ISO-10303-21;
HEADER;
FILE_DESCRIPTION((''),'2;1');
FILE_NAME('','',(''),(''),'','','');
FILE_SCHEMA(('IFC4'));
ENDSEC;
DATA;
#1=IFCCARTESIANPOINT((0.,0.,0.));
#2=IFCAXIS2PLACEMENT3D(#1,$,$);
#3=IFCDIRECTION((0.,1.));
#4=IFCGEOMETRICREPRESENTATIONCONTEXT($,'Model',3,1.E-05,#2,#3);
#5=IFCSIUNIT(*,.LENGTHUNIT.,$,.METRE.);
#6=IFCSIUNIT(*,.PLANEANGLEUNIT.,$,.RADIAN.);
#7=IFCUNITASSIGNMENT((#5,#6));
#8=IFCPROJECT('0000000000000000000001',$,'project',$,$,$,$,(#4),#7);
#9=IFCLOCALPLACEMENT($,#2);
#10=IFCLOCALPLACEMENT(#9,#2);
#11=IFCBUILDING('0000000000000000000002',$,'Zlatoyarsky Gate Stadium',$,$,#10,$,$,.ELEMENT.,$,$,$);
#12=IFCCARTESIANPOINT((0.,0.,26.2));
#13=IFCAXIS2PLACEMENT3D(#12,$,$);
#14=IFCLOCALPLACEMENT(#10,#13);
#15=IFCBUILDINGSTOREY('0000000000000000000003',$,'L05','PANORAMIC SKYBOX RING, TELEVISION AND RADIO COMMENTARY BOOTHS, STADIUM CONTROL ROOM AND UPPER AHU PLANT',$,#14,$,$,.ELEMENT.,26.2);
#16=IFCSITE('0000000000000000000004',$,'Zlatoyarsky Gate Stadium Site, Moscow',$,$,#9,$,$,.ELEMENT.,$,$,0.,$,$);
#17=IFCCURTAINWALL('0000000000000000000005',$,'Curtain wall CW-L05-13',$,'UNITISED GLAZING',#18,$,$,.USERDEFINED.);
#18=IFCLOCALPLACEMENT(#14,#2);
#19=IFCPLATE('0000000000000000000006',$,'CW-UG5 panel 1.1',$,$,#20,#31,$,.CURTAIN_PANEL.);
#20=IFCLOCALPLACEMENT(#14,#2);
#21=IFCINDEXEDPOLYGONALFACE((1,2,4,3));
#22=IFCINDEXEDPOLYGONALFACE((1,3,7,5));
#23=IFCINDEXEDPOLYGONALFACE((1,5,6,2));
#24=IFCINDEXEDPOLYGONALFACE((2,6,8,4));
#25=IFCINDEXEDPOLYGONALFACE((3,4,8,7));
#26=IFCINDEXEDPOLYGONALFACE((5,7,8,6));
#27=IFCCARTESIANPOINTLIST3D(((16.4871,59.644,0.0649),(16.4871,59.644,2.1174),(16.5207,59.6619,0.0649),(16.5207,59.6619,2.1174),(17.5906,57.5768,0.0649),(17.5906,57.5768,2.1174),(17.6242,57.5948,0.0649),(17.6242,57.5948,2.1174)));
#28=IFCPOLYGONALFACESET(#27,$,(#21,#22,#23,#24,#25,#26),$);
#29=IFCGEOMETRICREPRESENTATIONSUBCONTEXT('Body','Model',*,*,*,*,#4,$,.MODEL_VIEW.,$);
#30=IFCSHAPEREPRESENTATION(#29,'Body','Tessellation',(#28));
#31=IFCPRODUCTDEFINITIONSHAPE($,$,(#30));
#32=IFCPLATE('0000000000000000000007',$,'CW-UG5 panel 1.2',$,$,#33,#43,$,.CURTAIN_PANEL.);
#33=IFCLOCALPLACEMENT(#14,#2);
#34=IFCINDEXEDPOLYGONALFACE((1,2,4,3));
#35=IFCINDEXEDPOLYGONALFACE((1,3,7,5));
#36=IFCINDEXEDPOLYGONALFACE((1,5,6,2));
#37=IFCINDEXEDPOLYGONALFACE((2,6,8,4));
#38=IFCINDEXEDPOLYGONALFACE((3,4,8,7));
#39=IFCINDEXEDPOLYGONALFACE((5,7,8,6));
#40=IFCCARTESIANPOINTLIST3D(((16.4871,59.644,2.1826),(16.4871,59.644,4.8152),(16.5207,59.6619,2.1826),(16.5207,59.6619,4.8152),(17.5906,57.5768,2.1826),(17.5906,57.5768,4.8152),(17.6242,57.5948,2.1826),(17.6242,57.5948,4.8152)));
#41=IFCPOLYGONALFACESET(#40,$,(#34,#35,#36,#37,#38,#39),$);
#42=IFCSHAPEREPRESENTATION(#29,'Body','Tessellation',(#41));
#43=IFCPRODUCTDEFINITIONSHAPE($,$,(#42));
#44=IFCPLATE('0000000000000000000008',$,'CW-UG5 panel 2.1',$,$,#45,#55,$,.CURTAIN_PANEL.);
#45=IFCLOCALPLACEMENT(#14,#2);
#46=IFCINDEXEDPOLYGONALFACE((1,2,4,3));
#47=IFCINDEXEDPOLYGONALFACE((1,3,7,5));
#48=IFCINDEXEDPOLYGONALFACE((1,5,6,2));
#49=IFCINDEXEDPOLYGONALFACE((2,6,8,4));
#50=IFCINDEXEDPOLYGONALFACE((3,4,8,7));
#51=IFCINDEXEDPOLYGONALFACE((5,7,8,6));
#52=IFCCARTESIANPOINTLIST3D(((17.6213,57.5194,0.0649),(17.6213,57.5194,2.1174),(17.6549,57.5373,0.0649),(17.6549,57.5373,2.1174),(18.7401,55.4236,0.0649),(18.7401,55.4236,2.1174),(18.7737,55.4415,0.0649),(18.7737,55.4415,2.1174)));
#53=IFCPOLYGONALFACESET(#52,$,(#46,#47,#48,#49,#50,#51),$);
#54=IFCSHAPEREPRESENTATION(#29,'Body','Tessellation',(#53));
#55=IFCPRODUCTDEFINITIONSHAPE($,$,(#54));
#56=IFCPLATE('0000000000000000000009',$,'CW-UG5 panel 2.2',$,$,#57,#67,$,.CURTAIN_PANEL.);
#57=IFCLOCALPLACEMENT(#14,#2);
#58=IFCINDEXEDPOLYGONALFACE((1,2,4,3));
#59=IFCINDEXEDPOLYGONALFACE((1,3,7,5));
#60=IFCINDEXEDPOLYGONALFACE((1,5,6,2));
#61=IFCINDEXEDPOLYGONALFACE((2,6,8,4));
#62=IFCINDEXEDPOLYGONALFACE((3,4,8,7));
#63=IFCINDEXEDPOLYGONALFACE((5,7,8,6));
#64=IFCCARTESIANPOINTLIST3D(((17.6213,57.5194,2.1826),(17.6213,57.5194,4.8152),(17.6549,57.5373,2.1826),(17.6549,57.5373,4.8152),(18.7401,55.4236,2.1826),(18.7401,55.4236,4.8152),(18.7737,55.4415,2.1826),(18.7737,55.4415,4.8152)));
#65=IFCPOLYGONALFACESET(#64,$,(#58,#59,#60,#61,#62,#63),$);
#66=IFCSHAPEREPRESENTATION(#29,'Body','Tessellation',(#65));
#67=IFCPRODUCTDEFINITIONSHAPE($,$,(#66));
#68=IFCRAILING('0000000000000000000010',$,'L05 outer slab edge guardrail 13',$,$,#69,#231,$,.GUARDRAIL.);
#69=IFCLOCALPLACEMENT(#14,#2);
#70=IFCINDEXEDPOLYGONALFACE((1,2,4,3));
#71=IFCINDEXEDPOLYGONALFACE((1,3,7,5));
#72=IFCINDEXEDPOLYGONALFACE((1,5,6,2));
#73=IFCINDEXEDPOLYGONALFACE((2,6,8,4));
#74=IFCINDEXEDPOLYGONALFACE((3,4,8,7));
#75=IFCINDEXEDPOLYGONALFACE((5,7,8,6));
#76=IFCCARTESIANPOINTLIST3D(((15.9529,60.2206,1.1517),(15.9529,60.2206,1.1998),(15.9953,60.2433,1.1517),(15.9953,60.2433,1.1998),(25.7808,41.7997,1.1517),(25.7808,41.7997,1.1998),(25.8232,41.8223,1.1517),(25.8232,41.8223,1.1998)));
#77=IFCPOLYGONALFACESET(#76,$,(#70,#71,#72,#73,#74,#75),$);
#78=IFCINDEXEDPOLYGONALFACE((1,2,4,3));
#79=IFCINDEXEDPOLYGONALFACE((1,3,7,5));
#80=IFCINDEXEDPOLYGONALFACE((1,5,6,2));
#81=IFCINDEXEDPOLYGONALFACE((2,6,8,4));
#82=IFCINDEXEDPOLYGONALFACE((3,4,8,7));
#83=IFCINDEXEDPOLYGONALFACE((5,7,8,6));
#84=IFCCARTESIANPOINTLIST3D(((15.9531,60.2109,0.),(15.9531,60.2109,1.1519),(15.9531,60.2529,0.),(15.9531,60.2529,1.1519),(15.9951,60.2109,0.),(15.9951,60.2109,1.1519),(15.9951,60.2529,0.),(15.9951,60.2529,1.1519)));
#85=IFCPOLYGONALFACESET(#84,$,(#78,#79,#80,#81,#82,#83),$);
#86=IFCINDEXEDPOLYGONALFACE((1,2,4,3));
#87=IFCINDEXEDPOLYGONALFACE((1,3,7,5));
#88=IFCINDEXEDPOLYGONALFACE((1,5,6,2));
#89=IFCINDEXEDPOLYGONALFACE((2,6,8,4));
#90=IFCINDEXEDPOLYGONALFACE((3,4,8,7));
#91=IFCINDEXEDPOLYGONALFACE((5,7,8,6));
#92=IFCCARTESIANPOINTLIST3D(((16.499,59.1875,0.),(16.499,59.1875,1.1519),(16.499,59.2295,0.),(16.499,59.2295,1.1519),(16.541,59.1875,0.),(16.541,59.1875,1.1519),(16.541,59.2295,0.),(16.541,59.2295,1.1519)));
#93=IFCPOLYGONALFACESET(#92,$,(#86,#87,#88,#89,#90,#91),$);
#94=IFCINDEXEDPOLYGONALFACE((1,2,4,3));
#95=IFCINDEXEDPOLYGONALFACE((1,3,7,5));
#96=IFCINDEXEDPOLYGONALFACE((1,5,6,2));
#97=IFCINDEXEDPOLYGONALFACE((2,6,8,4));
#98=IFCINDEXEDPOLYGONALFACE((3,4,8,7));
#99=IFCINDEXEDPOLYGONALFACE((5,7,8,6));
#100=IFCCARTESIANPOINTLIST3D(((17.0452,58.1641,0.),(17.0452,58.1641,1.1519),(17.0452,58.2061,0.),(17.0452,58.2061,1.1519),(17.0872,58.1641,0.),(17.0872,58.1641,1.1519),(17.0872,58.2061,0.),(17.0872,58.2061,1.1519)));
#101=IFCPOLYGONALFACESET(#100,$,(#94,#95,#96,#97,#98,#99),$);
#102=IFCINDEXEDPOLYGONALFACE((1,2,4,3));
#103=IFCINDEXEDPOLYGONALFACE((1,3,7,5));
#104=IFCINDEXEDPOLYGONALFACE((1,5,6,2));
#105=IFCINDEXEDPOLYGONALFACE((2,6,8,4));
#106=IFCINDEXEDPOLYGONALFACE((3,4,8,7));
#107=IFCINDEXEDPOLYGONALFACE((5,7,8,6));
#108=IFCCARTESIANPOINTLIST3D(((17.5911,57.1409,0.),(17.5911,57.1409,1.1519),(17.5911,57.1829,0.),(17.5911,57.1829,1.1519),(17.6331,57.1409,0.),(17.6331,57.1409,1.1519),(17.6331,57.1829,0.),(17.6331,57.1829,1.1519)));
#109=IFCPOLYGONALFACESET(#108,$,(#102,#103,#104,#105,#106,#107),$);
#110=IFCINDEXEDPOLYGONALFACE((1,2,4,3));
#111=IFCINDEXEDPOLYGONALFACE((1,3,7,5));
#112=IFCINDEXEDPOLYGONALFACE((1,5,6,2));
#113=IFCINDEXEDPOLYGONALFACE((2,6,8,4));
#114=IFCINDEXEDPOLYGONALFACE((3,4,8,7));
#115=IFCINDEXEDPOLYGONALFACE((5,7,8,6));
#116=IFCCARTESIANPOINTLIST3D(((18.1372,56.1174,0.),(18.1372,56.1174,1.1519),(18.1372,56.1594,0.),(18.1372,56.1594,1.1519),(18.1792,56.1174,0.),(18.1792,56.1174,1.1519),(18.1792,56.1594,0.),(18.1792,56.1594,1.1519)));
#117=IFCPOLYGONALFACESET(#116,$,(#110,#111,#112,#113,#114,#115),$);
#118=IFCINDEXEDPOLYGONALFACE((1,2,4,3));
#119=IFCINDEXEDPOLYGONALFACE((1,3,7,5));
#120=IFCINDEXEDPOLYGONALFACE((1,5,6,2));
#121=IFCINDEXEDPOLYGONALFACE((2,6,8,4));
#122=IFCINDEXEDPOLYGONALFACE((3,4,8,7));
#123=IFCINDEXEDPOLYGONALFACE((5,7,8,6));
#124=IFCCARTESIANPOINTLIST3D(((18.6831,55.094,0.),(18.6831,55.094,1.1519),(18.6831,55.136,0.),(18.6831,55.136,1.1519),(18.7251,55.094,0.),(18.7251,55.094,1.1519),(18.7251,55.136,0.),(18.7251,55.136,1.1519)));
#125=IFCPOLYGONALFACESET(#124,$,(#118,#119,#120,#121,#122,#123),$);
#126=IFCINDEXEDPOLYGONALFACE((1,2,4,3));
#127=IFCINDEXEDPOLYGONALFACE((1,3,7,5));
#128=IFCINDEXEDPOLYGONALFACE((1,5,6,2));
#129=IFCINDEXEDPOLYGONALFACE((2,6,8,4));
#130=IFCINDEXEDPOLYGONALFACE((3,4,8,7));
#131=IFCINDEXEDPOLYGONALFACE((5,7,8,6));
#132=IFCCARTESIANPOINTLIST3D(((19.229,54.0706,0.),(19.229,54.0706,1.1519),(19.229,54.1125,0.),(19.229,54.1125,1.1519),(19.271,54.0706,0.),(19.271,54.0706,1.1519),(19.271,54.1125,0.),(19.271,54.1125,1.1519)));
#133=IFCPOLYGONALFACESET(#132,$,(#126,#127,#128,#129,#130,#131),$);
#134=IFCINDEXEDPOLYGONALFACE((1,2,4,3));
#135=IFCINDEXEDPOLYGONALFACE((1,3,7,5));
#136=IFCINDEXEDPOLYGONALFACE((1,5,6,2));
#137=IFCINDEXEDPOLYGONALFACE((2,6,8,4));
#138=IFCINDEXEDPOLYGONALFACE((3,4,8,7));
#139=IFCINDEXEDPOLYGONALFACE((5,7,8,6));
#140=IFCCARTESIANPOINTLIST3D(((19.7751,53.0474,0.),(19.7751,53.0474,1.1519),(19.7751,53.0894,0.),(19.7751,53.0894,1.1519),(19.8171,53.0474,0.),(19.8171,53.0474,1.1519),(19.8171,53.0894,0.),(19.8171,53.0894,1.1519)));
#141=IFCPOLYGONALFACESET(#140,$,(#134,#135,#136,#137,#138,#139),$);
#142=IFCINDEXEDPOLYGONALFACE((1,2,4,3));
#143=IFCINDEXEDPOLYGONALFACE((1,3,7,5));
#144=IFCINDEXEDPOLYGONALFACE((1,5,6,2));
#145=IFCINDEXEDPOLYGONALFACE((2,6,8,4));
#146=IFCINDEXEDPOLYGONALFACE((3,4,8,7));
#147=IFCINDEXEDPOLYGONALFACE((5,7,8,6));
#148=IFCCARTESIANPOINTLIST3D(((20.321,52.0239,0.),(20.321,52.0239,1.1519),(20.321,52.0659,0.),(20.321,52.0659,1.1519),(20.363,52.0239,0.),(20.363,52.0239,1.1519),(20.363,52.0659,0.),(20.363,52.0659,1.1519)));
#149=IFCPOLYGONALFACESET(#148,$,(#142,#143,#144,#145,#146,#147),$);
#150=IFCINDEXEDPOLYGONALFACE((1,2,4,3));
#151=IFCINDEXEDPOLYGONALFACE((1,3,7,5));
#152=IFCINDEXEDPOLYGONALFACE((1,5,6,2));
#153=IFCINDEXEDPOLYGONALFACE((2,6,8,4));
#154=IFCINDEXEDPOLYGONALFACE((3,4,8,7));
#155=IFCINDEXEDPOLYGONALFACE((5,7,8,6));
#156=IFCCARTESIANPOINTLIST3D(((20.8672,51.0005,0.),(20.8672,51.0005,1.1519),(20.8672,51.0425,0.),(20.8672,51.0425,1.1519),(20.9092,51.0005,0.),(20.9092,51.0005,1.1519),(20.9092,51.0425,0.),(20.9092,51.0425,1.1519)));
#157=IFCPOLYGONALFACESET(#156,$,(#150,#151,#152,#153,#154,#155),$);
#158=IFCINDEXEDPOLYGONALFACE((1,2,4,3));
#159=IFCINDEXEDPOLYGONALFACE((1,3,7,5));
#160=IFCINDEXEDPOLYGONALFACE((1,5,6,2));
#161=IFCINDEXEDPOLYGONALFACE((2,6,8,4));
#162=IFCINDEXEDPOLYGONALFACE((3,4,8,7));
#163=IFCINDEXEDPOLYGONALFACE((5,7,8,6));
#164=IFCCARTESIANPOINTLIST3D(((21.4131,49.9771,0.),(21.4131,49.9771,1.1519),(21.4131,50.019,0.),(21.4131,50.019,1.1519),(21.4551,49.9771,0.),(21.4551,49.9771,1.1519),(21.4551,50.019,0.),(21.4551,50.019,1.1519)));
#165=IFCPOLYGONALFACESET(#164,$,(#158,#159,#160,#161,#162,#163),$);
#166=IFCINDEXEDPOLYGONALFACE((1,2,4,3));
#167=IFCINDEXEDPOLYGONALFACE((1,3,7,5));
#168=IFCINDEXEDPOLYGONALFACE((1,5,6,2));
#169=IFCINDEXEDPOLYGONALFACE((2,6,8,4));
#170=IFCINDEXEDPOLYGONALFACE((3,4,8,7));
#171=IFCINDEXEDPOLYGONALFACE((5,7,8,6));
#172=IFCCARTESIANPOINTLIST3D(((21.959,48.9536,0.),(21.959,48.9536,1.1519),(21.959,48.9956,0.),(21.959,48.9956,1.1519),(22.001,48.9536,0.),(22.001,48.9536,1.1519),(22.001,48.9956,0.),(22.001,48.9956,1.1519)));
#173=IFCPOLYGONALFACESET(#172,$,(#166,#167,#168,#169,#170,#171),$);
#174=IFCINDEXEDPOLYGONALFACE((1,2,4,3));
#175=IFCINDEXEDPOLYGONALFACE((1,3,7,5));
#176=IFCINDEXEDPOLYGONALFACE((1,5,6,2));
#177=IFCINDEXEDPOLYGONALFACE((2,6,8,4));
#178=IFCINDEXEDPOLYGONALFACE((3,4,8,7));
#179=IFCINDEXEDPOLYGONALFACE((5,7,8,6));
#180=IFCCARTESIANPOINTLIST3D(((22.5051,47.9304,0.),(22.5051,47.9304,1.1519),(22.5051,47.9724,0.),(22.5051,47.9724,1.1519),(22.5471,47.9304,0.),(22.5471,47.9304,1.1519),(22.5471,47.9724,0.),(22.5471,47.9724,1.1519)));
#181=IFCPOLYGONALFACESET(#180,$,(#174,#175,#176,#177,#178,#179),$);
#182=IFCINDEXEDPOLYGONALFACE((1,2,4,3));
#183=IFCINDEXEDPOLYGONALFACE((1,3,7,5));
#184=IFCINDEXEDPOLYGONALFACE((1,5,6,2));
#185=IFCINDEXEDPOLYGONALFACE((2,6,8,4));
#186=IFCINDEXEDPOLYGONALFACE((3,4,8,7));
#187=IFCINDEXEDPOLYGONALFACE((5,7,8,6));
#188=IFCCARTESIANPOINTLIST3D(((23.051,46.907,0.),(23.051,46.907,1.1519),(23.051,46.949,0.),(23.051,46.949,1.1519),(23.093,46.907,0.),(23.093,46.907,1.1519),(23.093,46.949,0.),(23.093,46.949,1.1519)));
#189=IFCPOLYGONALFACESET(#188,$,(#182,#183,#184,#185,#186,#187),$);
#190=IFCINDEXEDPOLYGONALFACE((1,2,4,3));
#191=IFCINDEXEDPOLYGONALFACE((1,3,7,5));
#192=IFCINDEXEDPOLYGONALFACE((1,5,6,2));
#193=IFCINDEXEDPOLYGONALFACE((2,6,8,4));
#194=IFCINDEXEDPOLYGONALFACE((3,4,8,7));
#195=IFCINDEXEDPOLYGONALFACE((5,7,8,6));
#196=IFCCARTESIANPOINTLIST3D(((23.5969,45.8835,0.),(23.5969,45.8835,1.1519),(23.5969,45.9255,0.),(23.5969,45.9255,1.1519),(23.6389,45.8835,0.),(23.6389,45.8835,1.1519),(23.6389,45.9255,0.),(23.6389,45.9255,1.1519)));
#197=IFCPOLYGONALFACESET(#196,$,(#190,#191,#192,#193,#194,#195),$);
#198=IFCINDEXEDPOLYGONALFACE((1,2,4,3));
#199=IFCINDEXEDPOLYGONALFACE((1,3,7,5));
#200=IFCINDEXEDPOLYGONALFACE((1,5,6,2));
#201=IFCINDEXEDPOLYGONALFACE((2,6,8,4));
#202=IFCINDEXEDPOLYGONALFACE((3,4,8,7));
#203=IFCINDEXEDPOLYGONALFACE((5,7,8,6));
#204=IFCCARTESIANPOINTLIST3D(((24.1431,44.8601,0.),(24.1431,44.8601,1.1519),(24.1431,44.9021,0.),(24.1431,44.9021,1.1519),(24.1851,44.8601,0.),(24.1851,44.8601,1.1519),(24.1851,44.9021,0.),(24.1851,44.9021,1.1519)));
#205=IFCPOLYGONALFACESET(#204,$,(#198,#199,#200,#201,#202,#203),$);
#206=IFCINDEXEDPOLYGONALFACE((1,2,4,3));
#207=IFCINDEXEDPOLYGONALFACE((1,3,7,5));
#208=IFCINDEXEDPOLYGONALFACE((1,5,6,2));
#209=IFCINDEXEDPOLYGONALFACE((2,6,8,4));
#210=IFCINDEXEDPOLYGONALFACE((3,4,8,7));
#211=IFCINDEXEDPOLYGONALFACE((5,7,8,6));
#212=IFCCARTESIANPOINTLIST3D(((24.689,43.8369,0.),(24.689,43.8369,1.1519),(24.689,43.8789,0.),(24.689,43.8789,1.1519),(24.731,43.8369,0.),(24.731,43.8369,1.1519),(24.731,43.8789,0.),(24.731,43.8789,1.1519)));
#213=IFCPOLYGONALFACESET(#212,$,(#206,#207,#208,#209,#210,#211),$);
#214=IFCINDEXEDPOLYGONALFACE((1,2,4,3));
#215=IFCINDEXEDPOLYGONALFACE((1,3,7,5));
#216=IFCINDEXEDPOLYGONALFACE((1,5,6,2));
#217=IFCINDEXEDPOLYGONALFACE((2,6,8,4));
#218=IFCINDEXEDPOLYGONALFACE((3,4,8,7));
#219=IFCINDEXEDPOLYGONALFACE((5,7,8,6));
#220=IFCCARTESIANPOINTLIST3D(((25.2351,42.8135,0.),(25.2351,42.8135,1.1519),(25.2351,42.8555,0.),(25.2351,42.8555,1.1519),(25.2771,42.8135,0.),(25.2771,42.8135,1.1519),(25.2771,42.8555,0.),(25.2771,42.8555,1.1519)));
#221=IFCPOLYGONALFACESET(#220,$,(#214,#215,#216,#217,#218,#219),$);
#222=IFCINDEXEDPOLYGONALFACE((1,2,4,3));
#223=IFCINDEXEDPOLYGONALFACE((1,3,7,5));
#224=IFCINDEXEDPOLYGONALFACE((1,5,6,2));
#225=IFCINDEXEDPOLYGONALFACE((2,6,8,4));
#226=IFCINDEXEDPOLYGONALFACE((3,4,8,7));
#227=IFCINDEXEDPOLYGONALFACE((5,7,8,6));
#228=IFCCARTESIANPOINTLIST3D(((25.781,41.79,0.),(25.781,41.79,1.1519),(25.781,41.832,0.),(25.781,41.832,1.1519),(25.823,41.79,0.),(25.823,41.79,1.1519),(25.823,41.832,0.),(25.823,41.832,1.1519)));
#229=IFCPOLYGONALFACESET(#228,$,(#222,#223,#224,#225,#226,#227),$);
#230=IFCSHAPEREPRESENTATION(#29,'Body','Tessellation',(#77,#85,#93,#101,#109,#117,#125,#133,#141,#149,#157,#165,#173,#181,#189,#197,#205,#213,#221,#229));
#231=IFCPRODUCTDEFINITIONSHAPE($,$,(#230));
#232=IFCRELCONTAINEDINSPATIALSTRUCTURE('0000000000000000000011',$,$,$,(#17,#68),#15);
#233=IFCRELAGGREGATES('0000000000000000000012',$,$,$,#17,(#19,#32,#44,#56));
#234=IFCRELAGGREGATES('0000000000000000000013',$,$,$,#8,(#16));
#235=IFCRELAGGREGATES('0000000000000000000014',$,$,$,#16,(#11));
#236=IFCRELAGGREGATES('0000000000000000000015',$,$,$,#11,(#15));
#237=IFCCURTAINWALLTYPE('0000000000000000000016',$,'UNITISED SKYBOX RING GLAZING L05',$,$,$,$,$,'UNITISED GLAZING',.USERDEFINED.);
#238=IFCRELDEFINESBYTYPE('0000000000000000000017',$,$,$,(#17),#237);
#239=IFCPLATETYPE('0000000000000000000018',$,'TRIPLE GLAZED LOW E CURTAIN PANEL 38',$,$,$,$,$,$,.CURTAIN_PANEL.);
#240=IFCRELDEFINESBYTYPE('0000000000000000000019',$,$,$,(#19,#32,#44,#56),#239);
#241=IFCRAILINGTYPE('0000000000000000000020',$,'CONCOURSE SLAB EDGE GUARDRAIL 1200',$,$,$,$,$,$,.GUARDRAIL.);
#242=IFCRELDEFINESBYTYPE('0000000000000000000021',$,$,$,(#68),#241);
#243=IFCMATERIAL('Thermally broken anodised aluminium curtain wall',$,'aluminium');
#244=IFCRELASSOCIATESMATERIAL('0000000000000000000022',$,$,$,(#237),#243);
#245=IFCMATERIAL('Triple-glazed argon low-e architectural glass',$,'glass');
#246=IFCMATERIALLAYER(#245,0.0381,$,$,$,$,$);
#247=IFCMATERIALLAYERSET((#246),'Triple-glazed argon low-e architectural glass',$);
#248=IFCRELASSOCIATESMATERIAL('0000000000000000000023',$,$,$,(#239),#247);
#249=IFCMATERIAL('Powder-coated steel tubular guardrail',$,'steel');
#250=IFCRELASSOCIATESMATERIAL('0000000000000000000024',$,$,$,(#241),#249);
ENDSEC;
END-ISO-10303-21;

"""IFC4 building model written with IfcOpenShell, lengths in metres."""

from ifc_helpers import new_model, si_unit, direction, frame, origin, origin_2d, place, context, subcontext, project, spatial, rectangle, extrude, material, layer, layer_set, type_object, element, aggregate, save


model = new_model("IFC4")

# Units and contexts
model_context = context("Model", 3, precision=1e-05, world=origin(), true_north=direction((0.0, 1.0)))
body_context = subcontext(model_context, "Body", "Model", "MODEL_VIEW")
ifc_project = project(units=[si_unit("LENGTHUNIT", "METRE"), si_unit("PLANEANGLEUNIT", "RADIAN")], contexts=[model_context])

# Site, building, storey
site_placement = place(None, origin())
site = spatial("IfcSite", under=ifc_project, at=site_placement, Name="Zlatoyarsky Gate Stadium Site, Moscow", CompositionType="ELEMENT", RefElevation=0.0)
building_placement = place(site_placement, origin())
building = spatial("IfcBuilding", under=site, at=building_placement, Name="Zlatoyarsky Gate Stadium", CompositionType="ELEMENT")
storey_placement = place(building_placement, frame((0.0, 0.0, 26.2)))
storey = spatial("IfcBuildingStorey", under=building, at=storey_placement, Name="L05", Description="PANORAMIC SKYBOX RING, TELEVISION AND RADIO COMMENTARY BOOTHS, STADIUM CONTROL ROOM AND UPPER AHU PLANT", CompositionType="ELEMENT", Elevation=26.2)

# Curtain wall
ifc_material_1 = material(Name="Thermally broken anodised aluminium curtain wall", Category="aluminium")
curtain_wall_type_1 = type_object("IfcCurtainWallType", Name="UNITISED SKYBOX RING GLAZING L05", ElementType="UNITISED GLAZING", PredefinedType="USERDEFINED", material=ifc_material_1)
curtain_wall_1_placement = place(storey_placement, origin())
curtain_wall_1 = element("IfcCurtainWall", 1, at=curtain_wall_1_placement, inside=storey, type_object=curtain_wall_type_1, Name="Curtain wall CW-L05-13", ObjectType="UNITISED GLAZING", PredefinedType="USERDEFINED")

# Shared definitions
ifc_material_2 = material(Name="Triple-glazed argon low-e architectural glass", Category="glass")

# Plates
ifc_layer_1 = layer(ifc_material_2, 0.0381)
ifc_layer_set_1 = layer_set([ifc_layer_1], Name="Triple-glazed argon low-e architectural glass")
plate_type_1 = type_object("IfcPlateType", Name="TRIPLE GLAZED LOW E CURTAIN PANEL 38", PredefinedType="CURTAIN_PANEL", material=ifc_layer_set_1)
plate_1_placement = place(storey_placement, frame((17.0557, 58.6194, 0.0649), z_axis=(0.0, 0.0, 1.0), x_axis=(0.470937, -0.882167, 0.0)))
plate_1 = element("IfcPlate", 2, at=plate_1_placement, type_object=plate_type_1, Name="CW-UG5 panel 1.1", PredefinedType="CURTAIN_PANEL", context=body_context, shape_type="SweptSolid", body=[
    extrude(rectangle(XDim=2.3433, YDim=0.0381, at=origin_2d()), origin(), (0.0, 0.0, 1.0), 2.0525),
])
plate_2_placement = place(storey_placement, frame((17.0557, 58.6194, 2.1826), z_axis=(0.0, 0.0, 1.0), x_axis=(0.470937, -0.882167, 0.0)))
plate_2 = element("IfcPlate", 3, at=plate_2_placement, type_object=plate_type_1, Name="CW-UG5 panel 1.2", PredefinedType="CURTAIN_PANEL", context=body_context, shape_type="SweptSolid", body=[
    extrude(rectangle(XDim=2.3433, YDim=0.0381, at=origin_2d()), origin(), (0.0, 0.0, 1.0), 2.6326),
])
plate_3_placement = place(storey_placement, frame((18.1975, 56.4805, 0.0649), z_axis=(0.0, 0.0, 1.0), x_axis=(0.470937, -0.882167, 0.0)))
plate_3 = element("IfcPlate", 4, at=plate_3_placement, type_object=plate_type_1, Name="CW-UG5 panel 2.1", PredefinedType="CURTAIN_PANEL", context=body_context, shape_type="SweptSolid", body=[
    extrude(rectangle(XDim=2.3757, YDim=0.0381, at=origin_2d()), origin(), (0.0, 0.0, 1.0), 2.0525),
])
plate_4_placement = place(storey_placement, frame((18.1975, 56.4805, 2.1826), z_axis=(0.0, 0.0, 1.0), x_axis=(0.470937, -0.882167, 0.0)))
plate_4 = element("IfcPlate", 5, at=plate_4_placement, type_object=plate_type_1, Name="CW-UG5 panel 2.2", PredefinedType="CURTAIN_PANEL", context=body_context, shape_type="SweptSolid", body=[
    extrude(rectangle(XDim=2.3757, YDim=0.0381, at=origin_2d()), origin(), (0.0, 0.0, 1.0), 2.6326),
])
aggregate(curtain_wall_1, [plate_1, plate_2, plate_3, plate_4])

# Railing
ifc_material_3 = material(Name="Powder-coated steel tubular guardrail", Category="steel")
railing_type = type_object("IfcRailingType", Name="CONCOURSE SLAB EDGE GUARDRAIL 1200", PredefinedType="GUARDRAIL", material=ifc_material_3)
railing_placement = place(storey_placement, frame((15.9741, 60.2319, 0.0)))
element("IfcRailing", 6, at=railing_placement, inside=storey, type_object=railing_type, Name="L05 outer slab edge guardrail 13", PredefinedType="GUARDRAIL", context=body_context, shape_type="SweptSolid", body=[
    extrude(rectangle(XDim=0.0481, YDim=0.0481, at=origin_2d()), frame((0.0, 0.0, 1.1758), z_axis=(0.470715, -0.882285, 0.0), x_axis=(0.882285, 0.470715, 0.0)), (0.0, 0.0, 1.0), 20.8787),
    extrude(rectangle(XDim=0.042, YDim=0.042, at=origin_2d()), origin(), (0.0, 0.0, 1.0), 1.1519),
    extrude(rectangle(XDim=0.042, YDim=0.042, at=origin_2d()), frame((0.5459, -1.0234, 0.0)), (0.0, 0.0, 1.0), 1.1519),
    extrude(rectangle(XDim=0.042, YDim=0.042, at=origin_2d()), frame((1.092, -2.0469, 0.0)), (0.0, 0.0, 1.0), 1.1519),
    extrude(rectangle(XDim=0.042, YDim=0.042, at=origin_2d()), frame((1.6379, -3.0701, 0.0)), (0.0, 0.0, 1.0), 1.1519),
    extrude(rectangle(XDim=0.042, YDim=0.042, at=origin_2d()), frame((2.1841, -4.0935, 0.0)), (0.0, 0.0, 1.0), 1.1519),
    extrude(rectangle(XDim=0.042, YDim=0.042, at=origin_2d()), frame((2.73, -5.1169, 0.0)), (0.0, 0.0, 1.0), 1.1519),
    extrude(rectangle(XDim=0.042, YDim=0.042, at=origin_2d()), frame((3.2759, -6.1404, 0.0)), (0.0, 0.0, 1.0), 1.1519),
    extrude(rectangle(XDim=0.042, YDim=0.042, at=origin_2d()), frame((3.822, -7.1636, 0.0)), (0.0, 0.0, 1.0), 1.1519),
    extrude(rectangle(XDim=0.042, YDim=0.042, at=origin_2d()), frame((4.3679, -8.187, 0.0)), (0.0, 0.0, 1.0), 1.1519),
    extrude(rectangle(XDim=0.042, YDim=0.042, at=origin_2d()), frame((4.9141, -9.2104, 0.0)), (0.0, 0.0, 1.0), 1.1519),
    extrude(rectangle(XDim=0.042, YDim=0.042, at=origin_2d()), frame((5.46, -10.2339, 0.0)), (0.0, 0.0, 1.0), 1.1519),
    extrude(rectangle(XDim=0.042, YDim=0.042, at=origin_2d()), frame((6.0059, -11.2573, 0.0)), (0.0, 0.0, 1.0), 1.1519),
    extrude(rectangle(XDim=0.042, YDim=0.042, at=origin_2d()), frame((6.552, -12.2805, 0.0)), (0.0, 0.0, 1.0), 1.1519),
    extrude(rectangle(XDim=0.042, YDim=0.042, at=origin_2d()), frame((7.0979, -13.304, 0.0)), (0.0, 0.0, 1.0), 1.1519),
    extrude(rectangle(XDim=0.042, YDim=0.042, at=origin_2d()), frame((7.6438, -14.3274, 0.0)), (0.0, 0.0, 1.0), 1.1519),
    extrude(rectangle(XDim=0.042, YDim=0.042, at=origin_2d()), frame((8.1899, -15.3508, 0.0)), (0.0, 0.0, 1.0), 1.1519),
    extrude(rectangle(XDim=0.042, YDim=0.042, at=origin_2d()), frame((8.7358, -16.374, 0.0)), (0.0, 0.0, 1.0), 1.1519),
    extrude(rectangle(XDim=0.042, YDim=0.042, at=origin_2d()), frame((9.282, -17.3975, 0.0)), (0.0, 0.0, 1.0), 1.1519),
    extrude(rectangle(XDim=0.042, YDim=0.042, at=origin_2d()), frame((9.8279, -18.4209, 0.0)), (0.0, 0.0, 1.0), 1.1519),
])

save(model, "model.ifc")
